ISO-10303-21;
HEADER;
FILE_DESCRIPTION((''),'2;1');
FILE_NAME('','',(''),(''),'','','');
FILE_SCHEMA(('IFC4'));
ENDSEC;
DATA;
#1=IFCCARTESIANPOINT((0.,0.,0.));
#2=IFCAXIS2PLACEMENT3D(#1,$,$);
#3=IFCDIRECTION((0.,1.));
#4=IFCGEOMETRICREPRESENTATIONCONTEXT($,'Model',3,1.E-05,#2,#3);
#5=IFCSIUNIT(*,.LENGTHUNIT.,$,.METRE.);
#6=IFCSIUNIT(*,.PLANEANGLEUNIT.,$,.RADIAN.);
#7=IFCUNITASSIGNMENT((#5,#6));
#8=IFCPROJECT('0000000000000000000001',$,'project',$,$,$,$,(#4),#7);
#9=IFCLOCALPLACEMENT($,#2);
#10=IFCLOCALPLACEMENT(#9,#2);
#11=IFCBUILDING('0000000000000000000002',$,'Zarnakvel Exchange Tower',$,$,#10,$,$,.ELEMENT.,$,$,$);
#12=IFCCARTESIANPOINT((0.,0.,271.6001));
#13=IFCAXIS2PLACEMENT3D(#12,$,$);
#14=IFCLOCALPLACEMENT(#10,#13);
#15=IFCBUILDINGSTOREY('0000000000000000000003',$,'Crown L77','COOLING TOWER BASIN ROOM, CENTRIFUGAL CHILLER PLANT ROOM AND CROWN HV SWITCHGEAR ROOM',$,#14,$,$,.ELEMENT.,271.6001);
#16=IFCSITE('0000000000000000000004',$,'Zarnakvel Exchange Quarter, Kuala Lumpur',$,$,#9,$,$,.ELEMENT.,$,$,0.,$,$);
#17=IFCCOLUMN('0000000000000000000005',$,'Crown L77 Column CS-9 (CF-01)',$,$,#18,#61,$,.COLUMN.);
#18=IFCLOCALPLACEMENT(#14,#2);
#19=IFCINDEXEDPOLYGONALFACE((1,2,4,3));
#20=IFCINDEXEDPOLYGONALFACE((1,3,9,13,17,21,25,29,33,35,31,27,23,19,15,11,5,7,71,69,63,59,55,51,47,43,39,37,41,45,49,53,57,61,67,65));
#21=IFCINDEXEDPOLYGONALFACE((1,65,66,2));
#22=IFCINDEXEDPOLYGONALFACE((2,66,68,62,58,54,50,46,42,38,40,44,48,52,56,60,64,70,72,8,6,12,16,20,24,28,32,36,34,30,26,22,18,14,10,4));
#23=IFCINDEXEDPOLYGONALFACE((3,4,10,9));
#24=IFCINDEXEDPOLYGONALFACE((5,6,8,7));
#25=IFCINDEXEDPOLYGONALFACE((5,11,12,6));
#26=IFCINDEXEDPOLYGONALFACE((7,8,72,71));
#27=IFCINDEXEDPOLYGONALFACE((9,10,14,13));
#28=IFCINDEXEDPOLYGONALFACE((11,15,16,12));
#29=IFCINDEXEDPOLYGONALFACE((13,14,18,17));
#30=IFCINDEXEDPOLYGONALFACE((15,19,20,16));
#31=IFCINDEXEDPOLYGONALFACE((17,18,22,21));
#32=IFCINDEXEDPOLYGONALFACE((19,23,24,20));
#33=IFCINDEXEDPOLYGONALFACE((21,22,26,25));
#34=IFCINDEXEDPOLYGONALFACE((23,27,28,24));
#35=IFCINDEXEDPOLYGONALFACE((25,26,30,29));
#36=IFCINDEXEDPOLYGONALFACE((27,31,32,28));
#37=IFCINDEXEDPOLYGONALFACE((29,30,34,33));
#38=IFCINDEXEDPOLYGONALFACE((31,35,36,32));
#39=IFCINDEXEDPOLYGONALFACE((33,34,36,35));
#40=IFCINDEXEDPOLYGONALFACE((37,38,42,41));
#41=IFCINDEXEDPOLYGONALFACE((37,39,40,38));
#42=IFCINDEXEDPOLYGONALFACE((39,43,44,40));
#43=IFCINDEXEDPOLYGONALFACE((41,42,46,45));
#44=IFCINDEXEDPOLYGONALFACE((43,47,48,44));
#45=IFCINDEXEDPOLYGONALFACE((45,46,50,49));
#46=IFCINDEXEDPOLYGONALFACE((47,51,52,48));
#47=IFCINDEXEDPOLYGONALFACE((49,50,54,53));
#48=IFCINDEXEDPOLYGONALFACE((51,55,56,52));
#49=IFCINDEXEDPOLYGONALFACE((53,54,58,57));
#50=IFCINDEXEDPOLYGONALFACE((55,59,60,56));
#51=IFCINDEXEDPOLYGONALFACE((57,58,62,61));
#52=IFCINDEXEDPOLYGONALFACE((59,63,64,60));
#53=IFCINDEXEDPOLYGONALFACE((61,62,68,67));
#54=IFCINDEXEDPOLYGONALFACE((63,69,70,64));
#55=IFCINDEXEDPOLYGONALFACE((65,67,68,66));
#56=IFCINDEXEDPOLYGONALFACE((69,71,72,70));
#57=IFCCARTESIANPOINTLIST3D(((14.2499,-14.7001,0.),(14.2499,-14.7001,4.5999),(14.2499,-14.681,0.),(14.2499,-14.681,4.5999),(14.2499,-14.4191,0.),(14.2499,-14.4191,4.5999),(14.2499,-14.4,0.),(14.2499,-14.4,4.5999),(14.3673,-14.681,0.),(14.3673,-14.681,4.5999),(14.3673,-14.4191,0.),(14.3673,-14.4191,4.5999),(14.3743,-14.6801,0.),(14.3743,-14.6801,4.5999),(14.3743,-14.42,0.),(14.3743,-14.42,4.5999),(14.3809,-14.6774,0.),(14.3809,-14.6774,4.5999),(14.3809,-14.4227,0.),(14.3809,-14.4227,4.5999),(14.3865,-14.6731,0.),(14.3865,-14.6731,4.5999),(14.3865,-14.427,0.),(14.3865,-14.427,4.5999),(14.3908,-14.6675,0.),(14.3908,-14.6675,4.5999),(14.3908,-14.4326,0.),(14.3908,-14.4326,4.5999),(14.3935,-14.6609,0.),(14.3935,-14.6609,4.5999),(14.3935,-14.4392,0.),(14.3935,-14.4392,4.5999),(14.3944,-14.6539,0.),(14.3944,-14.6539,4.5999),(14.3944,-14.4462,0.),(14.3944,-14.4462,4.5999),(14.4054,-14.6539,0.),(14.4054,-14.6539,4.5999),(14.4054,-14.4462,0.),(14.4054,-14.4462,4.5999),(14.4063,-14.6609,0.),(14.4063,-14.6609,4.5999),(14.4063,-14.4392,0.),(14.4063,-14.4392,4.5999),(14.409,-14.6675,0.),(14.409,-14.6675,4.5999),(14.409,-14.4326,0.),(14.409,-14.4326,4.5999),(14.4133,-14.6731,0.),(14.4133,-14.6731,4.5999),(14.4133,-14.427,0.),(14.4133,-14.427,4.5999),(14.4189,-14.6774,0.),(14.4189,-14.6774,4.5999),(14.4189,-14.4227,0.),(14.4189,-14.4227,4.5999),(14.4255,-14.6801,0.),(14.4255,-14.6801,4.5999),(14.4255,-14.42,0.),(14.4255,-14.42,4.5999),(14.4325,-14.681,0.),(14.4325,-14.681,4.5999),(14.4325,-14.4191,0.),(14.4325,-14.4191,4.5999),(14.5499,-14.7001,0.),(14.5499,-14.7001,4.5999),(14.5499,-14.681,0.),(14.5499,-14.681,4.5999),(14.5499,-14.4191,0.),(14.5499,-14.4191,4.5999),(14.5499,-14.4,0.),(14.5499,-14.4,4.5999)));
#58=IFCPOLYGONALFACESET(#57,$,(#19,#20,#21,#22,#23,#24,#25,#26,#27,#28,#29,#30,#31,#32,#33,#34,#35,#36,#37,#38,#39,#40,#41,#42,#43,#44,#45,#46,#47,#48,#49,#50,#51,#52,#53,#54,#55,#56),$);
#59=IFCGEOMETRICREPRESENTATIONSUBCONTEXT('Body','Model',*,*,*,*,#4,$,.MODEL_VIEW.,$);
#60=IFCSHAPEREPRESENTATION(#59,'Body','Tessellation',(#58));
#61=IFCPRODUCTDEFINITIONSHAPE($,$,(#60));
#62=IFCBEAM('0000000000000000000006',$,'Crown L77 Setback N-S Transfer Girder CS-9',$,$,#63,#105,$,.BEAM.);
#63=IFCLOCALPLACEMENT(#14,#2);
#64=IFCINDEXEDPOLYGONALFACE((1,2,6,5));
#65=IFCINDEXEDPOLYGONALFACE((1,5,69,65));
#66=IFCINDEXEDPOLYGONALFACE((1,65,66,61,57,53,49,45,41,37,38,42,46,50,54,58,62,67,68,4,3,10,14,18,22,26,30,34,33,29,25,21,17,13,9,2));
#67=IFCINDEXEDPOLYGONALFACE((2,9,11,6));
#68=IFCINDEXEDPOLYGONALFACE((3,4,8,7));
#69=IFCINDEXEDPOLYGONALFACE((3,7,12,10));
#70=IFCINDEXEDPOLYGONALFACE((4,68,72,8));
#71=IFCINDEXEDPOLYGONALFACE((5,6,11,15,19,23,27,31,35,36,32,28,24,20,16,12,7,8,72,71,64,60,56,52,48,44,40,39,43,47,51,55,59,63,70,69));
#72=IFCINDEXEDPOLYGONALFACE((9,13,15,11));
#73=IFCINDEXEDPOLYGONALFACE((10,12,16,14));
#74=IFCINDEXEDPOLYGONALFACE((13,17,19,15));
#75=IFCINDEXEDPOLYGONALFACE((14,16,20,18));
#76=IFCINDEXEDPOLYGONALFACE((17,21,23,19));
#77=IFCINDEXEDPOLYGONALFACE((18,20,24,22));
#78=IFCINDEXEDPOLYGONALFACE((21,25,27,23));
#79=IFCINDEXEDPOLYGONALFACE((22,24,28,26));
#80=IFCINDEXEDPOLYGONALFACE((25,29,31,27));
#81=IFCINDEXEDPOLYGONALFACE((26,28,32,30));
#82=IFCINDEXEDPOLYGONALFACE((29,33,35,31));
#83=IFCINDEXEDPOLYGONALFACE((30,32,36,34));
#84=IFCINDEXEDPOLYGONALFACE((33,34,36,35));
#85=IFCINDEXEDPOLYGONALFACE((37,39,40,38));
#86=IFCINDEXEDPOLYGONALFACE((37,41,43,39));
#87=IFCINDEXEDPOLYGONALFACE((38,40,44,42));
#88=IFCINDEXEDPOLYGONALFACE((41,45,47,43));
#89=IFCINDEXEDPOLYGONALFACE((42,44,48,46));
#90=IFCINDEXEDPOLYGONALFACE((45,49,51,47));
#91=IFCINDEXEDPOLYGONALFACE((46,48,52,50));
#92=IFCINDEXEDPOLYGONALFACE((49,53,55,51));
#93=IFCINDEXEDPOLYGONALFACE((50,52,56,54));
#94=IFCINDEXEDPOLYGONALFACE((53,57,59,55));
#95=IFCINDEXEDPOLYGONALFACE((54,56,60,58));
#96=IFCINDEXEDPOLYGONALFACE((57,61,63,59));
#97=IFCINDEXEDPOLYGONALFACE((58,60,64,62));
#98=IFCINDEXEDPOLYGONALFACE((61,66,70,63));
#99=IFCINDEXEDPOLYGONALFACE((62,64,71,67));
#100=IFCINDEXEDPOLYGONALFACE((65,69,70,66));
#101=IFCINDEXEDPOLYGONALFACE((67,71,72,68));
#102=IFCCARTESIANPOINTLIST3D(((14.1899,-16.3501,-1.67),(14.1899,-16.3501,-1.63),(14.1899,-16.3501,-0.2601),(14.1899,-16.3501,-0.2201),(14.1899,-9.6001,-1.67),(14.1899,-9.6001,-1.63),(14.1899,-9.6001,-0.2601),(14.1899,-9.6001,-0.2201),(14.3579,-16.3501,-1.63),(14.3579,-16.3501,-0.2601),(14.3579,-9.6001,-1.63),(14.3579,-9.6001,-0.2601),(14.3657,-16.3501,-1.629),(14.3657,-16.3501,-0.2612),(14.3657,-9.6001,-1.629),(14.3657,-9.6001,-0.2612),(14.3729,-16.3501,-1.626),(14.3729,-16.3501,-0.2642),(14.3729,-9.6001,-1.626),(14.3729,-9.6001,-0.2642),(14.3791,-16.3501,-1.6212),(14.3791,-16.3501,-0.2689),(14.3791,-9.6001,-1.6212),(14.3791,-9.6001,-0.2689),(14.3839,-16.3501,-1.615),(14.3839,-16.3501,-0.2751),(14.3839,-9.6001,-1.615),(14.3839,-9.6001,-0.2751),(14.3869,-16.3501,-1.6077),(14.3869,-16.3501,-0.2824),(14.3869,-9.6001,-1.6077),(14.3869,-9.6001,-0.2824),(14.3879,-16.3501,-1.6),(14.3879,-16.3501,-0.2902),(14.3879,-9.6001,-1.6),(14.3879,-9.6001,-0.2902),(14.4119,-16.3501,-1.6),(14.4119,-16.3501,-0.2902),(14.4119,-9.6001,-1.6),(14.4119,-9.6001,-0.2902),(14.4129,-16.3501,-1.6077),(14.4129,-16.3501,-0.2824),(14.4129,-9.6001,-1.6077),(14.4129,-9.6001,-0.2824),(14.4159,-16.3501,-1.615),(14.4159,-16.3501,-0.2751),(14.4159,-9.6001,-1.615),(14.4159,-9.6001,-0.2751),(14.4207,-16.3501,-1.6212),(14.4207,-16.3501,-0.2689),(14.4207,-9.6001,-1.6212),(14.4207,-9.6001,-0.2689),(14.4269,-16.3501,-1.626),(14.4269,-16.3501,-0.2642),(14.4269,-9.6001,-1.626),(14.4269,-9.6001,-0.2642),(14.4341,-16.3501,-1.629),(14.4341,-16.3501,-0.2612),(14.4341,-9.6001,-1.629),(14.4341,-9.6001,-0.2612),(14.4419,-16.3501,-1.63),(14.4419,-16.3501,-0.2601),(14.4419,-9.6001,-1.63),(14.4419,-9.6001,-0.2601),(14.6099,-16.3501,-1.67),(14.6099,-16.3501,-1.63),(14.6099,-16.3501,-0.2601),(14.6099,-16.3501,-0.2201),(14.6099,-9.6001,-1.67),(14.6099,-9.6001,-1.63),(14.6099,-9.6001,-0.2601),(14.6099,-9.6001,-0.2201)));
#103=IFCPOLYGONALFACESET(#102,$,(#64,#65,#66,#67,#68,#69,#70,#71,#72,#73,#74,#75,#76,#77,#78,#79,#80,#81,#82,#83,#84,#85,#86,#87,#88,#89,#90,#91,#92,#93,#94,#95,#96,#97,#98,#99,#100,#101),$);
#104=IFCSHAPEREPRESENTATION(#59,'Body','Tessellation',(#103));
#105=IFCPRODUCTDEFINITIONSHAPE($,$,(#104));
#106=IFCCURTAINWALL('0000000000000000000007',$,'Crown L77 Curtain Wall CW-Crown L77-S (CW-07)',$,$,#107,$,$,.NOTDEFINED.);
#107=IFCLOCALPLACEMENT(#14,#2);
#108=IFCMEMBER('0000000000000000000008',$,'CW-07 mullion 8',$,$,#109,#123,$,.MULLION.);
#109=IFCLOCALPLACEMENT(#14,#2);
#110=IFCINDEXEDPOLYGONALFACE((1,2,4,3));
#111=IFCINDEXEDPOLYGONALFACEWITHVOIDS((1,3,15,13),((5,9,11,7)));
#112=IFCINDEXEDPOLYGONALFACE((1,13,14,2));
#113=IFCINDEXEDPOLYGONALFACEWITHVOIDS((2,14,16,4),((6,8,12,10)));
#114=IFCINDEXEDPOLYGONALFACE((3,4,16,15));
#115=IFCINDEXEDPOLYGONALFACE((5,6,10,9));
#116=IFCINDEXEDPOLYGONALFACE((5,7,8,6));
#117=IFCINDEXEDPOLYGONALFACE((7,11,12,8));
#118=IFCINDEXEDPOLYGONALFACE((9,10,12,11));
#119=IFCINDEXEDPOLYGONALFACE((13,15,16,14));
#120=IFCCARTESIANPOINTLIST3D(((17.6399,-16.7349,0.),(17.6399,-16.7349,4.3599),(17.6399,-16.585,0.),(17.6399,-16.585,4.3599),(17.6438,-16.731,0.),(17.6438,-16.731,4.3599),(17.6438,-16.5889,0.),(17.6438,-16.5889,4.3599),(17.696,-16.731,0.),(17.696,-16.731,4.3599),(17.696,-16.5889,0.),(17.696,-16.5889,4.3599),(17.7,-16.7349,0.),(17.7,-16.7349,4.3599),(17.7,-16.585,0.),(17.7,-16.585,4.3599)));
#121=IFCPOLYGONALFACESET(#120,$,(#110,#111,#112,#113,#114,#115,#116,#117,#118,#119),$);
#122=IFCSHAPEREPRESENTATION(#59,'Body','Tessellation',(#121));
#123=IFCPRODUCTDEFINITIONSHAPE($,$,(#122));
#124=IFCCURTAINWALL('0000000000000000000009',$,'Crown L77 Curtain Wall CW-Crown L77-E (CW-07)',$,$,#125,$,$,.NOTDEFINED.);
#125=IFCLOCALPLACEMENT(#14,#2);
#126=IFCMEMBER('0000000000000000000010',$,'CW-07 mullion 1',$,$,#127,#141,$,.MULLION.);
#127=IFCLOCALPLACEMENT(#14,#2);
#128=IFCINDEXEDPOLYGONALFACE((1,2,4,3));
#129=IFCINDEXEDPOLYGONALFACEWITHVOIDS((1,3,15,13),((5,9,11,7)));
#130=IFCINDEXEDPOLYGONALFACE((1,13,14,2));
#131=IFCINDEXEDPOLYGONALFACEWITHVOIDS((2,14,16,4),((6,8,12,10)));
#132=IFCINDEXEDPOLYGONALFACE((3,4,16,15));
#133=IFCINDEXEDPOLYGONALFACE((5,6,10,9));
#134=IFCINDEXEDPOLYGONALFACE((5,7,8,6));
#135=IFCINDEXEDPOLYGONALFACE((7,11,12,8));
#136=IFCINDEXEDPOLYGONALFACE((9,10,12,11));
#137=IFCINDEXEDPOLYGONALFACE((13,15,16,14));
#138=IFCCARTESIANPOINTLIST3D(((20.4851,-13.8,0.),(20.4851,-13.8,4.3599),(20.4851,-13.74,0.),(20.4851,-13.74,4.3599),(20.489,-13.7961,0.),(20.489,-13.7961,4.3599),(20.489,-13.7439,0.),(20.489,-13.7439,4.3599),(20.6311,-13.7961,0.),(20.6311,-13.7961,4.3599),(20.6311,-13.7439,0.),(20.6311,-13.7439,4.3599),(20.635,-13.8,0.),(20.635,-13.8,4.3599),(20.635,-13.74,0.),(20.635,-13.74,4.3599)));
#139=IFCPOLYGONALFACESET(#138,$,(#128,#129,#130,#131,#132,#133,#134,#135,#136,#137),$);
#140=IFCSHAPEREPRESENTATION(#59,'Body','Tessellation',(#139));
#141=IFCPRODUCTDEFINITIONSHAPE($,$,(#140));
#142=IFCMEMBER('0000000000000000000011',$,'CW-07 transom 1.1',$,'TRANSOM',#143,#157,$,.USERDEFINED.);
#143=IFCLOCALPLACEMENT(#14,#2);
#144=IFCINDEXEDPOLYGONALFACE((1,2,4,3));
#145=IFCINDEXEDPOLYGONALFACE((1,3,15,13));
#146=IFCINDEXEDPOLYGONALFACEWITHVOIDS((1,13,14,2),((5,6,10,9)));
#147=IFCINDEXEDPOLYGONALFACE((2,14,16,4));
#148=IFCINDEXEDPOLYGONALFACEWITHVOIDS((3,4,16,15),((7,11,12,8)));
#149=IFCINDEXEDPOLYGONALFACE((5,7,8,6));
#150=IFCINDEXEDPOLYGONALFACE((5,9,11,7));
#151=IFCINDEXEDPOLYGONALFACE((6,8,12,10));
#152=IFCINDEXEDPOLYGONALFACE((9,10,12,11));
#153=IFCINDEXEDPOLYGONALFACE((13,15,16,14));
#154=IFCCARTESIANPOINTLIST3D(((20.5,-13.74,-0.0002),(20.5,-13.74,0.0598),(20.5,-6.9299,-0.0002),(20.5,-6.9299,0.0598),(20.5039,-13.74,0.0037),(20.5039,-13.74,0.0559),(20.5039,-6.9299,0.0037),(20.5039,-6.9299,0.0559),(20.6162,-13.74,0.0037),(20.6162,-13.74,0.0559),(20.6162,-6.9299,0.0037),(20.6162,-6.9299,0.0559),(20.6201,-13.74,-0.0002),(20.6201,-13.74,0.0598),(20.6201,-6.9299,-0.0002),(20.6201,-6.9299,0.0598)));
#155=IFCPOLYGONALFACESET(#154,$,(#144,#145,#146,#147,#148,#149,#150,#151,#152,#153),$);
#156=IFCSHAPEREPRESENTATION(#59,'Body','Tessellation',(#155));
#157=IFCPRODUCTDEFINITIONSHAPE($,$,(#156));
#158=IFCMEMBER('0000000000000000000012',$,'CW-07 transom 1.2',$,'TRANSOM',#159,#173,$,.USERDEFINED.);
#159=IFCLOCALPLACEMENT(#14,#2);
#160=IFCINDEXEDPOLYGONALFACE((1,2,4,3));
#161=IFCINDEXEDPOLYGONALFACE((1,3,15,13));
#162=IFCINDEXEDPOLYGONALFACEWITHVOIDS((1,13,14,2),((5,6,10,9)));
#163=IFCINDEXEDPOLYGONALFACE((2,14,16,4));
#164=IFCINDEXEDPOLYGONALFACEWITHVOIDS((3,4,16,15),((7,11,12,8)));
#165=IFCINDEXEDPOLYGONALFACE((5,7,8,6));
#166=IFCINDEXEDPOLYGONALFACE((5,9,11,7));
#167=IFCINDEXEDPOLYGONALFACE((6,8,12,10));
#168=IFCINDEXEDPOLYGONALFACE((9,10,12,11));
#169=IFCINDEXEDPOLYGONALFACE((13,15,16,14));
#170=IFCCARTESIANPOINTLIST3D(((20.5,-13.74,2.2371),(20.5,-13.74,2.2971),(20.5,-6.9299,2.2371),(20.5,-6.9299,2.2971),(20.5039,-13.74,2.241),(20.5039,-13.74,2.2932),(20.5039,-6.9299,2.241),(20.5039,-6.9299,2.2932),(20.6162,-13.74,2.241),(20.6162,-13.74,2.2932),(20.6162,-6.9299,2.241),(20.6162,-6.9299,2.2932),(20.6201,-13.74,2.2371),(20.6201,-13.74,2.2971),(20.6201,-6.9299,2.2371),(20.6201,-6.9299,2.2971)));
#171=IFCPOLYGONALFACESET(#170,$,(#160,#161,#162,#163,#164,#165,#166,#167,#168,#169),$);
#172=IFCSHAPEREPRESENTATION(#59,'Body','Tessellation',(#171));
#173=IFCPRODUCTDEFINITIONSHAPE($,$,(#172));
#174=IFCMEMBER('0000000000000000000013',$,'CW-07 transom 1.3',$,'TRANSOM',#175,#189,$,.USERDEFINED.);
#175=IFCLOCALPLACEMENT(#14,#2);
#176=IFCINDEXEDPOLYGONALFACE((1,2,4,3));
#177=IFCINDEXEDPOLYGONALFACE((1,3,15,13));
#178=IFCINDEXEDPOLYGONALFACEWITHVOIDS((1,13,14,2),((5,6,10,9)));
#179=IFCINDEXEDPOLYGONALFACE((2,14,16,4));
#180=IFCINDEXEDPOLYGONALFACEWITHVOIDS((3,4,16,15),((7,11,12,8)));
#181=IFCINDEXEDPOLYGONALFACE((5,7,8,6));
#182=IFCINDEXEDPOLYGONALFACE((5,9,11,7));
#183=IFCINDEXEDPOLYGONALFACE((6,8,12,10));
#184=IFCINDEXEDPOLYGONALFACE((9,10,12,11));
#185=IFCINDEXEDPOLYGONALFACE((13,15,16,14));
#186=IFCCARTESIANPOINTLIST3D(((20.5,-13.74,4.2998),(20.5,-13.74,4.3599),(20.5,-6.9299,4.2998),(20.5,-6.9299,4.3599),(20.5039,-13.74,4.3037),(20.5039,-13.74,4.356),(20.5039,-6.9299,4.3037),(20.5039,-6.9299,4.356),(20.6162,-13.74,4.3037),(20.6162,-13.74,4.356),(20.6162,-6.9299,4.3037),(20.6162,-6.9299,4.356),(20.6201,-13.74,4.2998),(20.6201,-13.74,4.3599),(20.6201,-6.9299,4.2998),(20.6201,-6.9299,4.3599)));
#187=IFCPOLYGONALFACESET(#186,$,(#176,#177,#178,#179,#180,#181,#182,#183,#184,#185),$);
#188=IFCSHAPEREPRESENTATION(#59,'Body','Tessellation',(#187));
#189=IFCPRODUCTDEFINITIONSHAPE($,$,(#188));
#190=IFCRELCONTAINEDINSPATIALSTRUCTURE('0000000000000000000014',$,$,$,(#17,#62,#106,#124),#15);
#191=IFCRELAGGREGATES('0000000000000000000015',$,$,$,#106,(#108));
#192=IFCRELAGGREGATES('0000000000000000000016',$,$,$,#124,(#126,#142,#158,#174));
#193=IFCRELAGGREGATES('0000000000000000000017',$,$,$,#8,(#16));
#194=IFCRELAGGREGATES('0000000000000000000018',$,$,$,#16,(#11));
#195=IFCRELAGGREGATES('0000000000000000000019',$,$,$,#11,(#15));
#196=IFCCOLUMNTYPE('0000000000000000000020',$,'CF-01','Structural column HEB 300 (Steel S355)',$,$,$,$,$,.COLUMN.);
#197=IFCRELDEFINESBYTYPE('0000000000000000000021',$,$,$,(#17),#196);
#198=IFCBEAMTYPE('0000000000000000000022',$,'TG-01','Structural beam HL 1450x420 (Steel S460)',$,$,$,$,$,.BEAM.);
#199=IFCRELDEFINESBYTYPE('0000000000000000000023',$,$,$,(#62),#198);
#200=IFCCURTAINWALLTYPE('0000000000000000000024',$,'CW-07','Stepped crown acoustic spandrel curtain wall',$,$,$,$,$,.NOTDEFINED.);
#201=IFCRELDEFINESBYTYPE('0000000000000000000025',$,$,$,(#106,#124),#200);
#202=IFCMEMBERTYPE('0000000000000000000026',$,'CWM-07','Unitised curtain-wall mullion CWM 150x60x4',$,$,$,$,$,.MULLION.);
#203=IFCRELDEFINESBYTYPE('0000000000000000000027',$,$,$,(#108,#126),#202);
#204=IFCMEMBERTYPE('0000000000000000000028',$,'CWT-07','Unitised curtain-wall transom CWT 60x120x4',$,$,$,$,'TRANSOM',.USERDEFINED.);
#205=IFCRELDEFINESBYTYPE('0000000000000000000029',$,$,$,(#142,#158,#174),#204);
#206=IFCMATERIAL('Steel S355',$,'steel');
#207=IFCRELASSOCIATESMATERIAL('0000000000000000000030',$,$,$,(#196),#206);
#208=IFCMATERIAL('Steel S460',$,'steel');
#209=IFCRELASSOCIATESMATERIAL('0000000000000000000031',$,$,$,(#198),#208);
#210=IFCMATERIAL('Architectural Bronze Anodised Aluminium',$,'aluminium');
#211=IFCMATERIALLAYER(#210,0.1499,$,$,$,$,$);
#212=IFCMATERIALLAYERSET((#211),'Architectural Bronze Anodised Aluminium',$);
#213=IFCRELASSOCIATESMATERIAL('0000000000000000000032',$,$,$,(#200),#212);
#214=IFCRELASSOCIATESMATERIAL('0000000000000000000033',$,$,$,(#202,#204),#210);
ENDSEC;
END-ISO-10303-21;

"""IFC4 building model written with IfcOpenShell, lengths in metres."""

from ifc_helpers import new_model, si_unit, direction, frame, origin, origin_2d, place, context, subcontext, project, spatial, hollow_rectangle, i_section, extrude, source, transform, mapped, material, layer, layer_set, material_profile, profile_set, type_object, element, aggregate, save


model = new_model("IFC4")

# Units and contexts
model_context = context("Model", 3, precision=1e-05, world=origin(), true_north=direction((0.0, 1.0)))
body_context = subcontext(model_context, "Body", "Model", "MODEL_VIEW")
ifc_project = project(units=[si_unit("LENGTHUNIT", "METRE"), si_unit("PLANEANGLEUNIT", "RADIAN")], contexts=[model_context])

# Site, building, storey
site_placement = place(None, origin())
site = spatial("IfcSite", under=ifc_project, at=site_placement, Name="Zarnakvel Exchange Quarter, Kuala Lumpur", CompositionType="ELEMENT", RefElevation=0.0)
building_placement = place(site_placement, origin())
building = spatial("IfcBuilding", under=site, at=building_placement, Name="Zarnakvel Exchange Tower", CompositionType="ELEMENT")
storey_placement = place(building_placement, frame((0.0, 0.0, 271.6001)))
storey = spatial("IfcBuildingStorey", under=building, at=storey_placement, Name="Crown L77", Description="COOLING TOWER BASIN ROOM, CENTRIFUGAL CHILLER PLANT ROOM AND CROWN HV SWITCHGEAR ROOM", CompositionType="ELEMENT", Elevation=271.6001)

# Column
ifc_material_1 = material(Name="Steel S355", Category="steel")
ifc_material_profile_1 = material_profile(ifc_material_1, i_section(OverallWidth=0.3, OverallDepth=0.3, WebThickness=0.011, FlangeThickness=0.019, FilletRadius=0.0271, at=origin_2d()))
ifc_profile_set_1 = profile_set([ifc_material_profile_1], Name="Steel S355")
column_type = type_object("IfcColumnType", Name="CF-01", Description="Structural column HEB 300 (Steel S355)", PredefinedType="COLUMN", material=ifc_profile_set_1)
column_placement = place(storey_placement, frame((14.3999, -14.55, 0.0), z_axis=(0.0, 0.0, 1.0), x_axis=(1.0, 0.0, 0.0)))
element("IfcColumn", 1, at=column_placement, inside=storey, type_object=column_type, Name="Crown L77 Column CS-9 (CF-01)", PredefinedType="COLUMN", context=body_context, shape_type="SweptSolid", body=[
    extrude(i_section(OverallWidth=0.3, OverallDepth=0.3, WebThickness=0.011, FlangeThickness=0.019, FilletRadius=0.0271, at=origin_2d()), origin(), (0.0, 0.0, 1.0), 4.5999),
])

# Beam
ifc_material_2 = material(Name="Steel S460", Category="steel")
ifc_material_profile_2 = material_profile(ifc_material_2, i_section(OverallWidth=0.4199, OverallDepth=1.45, WebThickness=0.0239, FlangeThickness=0.04, FilletRadius=0.03, at=origin_2d()))
ifc_profile_set_2 = profile_set([ifc_material_profile_2], Name="Steel S460")
beam_type = type_object("IfcBeamType", Name="TG-01", Description="Structural beam HL 1450x420 (Steel S460)", PredefinedType="BEAM", material=ifc_profile_set_2)
beam_placement = place(storey_placement, frame((14.3999, -16.3501, -0.9451), z_axis=(0.0, 1.0, 0.0), x_axis=(-1.0, 0.0, 0.0)))
element("IfcBeam", 2, at=beam_placement, inside=storey, type_object=beam_type, Name="Crown L77 Setback N-S Transfer Girder CS-9", PredefinedType="BEAM", context=body_context, shape_type="SweptSolid", body=[
    extrude(i_section(OverallWidth=0.4199, OverallDepth=1.45, WebThickness=0.0239, FlangeThickness=0.04, FilletRadius=0.03, at=origin_2d()), origin(), (0.0, 0.0, 1.0), 6.75),
])

# Curtain wall, member
ifc_material_3 = material(Name="Architectural Bronze Anodised Aluminium", Category="aluminium")
ifc_layer_1 = layer(ifc_material_3, 0.1499)
ifc_layer_set_1 = layer_set([ifc_layer_1], Name="Architectural Bronze Anodised Aluminium")
curtain_wall_type = type_object("IfcCurtainWallType", Name="CW-07", Description="Stepped crown acoustic spandrel curtain wall", PredefinedType="NOTDEFINED", material=ifc_layer_set_1)
curtain_wall_1_placement = place(storey_placement, origin())
curtain_wall_1 = element("IfcCurtainWall", 3, at=curtain_wall_1_placement, inside=storey, type_object=curtain_wall_type, Name="Crown L77 Curtain Wall CW-Crown L77-S (CW-07)", PredefinedType="NOTDEFINED")
ifc_material_profile_3 = material_profile(ifc_material_3, hollow_rectangle(XDim=0.1499, YDim=0.0601, WallThickness=0.0039, at=origin_2d()))
ifc_profile_set_3 = profile_set([ifc_material_profile_3], Name="Architectural Bronze Anodised Aluminium")
member_type_1 = type_object("IfcMemberType", Name="CWM-07", Description="Unitised curtain-wall mullion CWM 150x60x4", PredefinedType="MULLION", material=ifc_profile_set_3)
shared_shape_1 = source(origin(), body_context, "Body", "SweptSolid", [
    extrude(hollow_rectangle(XDim=0.1499, YDim=0.0601, WallThickness=0.0039, at=origin_2d()), origin(), (0.0, 0.0, 1.0), 4.3599),
])
member_1_placement = place(storey_placement, frame((17.6699, -16.6599, 0.0), z_axis=(0.0, 0.0, 1.0), x_axis=(0.0, 1.0, 0.0)))
member_1 = element("IfcMember", 4, at=member_1_placement, type_object=member_type_1, Name="CW-07 mullion 8", PredefinedType="MULLION", context=body_context, shape_type="MappedRepresentation", body=[
    mapped(shared_shape_1, transform((0.0, 0.0, 0.0), x_axis=(1.0, 0.0, 0.0), y_axis=(0.0, 1.0, 0.0), z_axis=(0.0, 0.0, 1.0), scale=1.0)),
])

# Curtain wall, members
curtain_wall_2_placement = place(storey_placement, origin())
curtain_wall_2 = element("IfcCurtainWall", 5, at=curtain_wall_2_placement, inside=storey, type_object=curtain_wall_type, Name="Crown L77 Curtain Wall CW-Crown L77-E (CW-07)", PredefinedType="NOTDEFINED")
member_2_placement = place(storey_placement, frame((20.5601, -13.77, 0.0), z_axis=(0.0, 0.0, 1.0), x_axis=(-1.0, 0.0, 0.0)))
member_2 = element("IfcMember", 6, at=member_2_placement, type_object=member_type_1, Name="CW-07 mullion 1", PredefinedType="MULLION", context=body_context, shape_type="MappedRepresentation", body=[
    mapped(shared_shape_1, transform((0.0, 0.0, 0.0), x_axis=(1.0, 0.0, 0.0), y_axis=(0.0, 1.0, 0.0), z_axis=(0.0, 0.0, 1.0), scale=1.0)),
])
ifc_material_profile_4 = material_profile(ifc_material_3, hollow_rectangle(XDim=0.1201, YDim=0.0601, WallThickness=0.0039, at=origin_2d()))
ifc_profile_set_4 = profile_set([ifc_material_profile_4], Name="Architectural Bronze Anodised Aluminium")
member_type_2 = type_object("IfcMemberType", Name="CWT-07", Description="Unitised curtain-wall transom CWT 60x120x4", ElementType="TRANSOM", PredefinedType="USERDEFINED", material=ifc_profile_set_4)
shared_shape_2 = source(origin(), body_context, "Body", "SweptSolid", [
    extrude(hollow_rectangle(XDim=0.1201, YDim=0.0601, WallThickness=0.0039, at=origin_2d()), origin(), (0.0, 0.0, 1.0), 6.8101),
])
member_3_placement = place(storey_placement, frame((20.5601, -13.74, 0.0298), z_axis=(0.0, 1.0, 0.0), x_axis=(-1.0, 0.0, 0.0)))
member_3 = element("IfcMember", 7, at=member_3_placement, type_object=member_type_2, Name="CW-07 transom 1.1", ObjectType="TRANSOM", PredefinedType="USERDEFINED", context=body_context, shape_type="MappedRepresentation", body=[
    mapped(shared_shape_2, transform((0.0, 0.0, 0.0), x_axis=(1.0, 0.0, 0.0), y_axis=(0.0, 1.0, 0.0), z_axis=(0.0, 0.0, 1.0), scale=1.0)),
])
member_4_placement = place(storey_placement, frame((20.5601, -13.74, 2.2671), z_axis=(0.0, 1.0, 0.0), x_axis=(-1.0, 0.0, 0.0)))
member_4 = element("IfcMember", 8, at=member_4_placement, type_object=member_type_2, Name="CW-07 transom 1.2", ObjectType="TRANSOM", PredefinedType="USERDEFINED", context=body_context, shape_type="MappedRepresentation", body=[
    mapped(shared_shape_2, transform((0.0, 0.0, 0.0), x_axis=(1.0, 0.0, 0.0), y_axis=(0.0, 1.0, 0.0), z_axis=(0.0, 0.0, 1.0), scale=1.0)),
])
member_5_placement = place(storey_placement, frame((20.5601, -13.74, 4.3298), z_axis=(0.0, 1.0, 0.0), x_axis=(-1.0, 0.0, 0.0)))
member_5 = element("IfcMember", 9, at=member_5_placement, type_object=member_type_2, Name="CW-07 transom 1.3", ObjectType="TRANSOM", PredefinedType="USERDEFINED", context=body_context, shape_type="MappedRepresentation", body=[
    mapped(shared_shape_2, transform((0.0, 0.0, 0.0), x_axis=(1.0, 0.0, 0.0), y_axis=(0.0, 1.0, 0.0), z_axis=(0.0, 0.0, 1.0), scale=1.0)),
])

aggregate(curtain_wall_1, [member_1])
aggregate(curtain_wall_2, [member_2, member_3, member_4, member_5])

save(model, "model.ifc")
